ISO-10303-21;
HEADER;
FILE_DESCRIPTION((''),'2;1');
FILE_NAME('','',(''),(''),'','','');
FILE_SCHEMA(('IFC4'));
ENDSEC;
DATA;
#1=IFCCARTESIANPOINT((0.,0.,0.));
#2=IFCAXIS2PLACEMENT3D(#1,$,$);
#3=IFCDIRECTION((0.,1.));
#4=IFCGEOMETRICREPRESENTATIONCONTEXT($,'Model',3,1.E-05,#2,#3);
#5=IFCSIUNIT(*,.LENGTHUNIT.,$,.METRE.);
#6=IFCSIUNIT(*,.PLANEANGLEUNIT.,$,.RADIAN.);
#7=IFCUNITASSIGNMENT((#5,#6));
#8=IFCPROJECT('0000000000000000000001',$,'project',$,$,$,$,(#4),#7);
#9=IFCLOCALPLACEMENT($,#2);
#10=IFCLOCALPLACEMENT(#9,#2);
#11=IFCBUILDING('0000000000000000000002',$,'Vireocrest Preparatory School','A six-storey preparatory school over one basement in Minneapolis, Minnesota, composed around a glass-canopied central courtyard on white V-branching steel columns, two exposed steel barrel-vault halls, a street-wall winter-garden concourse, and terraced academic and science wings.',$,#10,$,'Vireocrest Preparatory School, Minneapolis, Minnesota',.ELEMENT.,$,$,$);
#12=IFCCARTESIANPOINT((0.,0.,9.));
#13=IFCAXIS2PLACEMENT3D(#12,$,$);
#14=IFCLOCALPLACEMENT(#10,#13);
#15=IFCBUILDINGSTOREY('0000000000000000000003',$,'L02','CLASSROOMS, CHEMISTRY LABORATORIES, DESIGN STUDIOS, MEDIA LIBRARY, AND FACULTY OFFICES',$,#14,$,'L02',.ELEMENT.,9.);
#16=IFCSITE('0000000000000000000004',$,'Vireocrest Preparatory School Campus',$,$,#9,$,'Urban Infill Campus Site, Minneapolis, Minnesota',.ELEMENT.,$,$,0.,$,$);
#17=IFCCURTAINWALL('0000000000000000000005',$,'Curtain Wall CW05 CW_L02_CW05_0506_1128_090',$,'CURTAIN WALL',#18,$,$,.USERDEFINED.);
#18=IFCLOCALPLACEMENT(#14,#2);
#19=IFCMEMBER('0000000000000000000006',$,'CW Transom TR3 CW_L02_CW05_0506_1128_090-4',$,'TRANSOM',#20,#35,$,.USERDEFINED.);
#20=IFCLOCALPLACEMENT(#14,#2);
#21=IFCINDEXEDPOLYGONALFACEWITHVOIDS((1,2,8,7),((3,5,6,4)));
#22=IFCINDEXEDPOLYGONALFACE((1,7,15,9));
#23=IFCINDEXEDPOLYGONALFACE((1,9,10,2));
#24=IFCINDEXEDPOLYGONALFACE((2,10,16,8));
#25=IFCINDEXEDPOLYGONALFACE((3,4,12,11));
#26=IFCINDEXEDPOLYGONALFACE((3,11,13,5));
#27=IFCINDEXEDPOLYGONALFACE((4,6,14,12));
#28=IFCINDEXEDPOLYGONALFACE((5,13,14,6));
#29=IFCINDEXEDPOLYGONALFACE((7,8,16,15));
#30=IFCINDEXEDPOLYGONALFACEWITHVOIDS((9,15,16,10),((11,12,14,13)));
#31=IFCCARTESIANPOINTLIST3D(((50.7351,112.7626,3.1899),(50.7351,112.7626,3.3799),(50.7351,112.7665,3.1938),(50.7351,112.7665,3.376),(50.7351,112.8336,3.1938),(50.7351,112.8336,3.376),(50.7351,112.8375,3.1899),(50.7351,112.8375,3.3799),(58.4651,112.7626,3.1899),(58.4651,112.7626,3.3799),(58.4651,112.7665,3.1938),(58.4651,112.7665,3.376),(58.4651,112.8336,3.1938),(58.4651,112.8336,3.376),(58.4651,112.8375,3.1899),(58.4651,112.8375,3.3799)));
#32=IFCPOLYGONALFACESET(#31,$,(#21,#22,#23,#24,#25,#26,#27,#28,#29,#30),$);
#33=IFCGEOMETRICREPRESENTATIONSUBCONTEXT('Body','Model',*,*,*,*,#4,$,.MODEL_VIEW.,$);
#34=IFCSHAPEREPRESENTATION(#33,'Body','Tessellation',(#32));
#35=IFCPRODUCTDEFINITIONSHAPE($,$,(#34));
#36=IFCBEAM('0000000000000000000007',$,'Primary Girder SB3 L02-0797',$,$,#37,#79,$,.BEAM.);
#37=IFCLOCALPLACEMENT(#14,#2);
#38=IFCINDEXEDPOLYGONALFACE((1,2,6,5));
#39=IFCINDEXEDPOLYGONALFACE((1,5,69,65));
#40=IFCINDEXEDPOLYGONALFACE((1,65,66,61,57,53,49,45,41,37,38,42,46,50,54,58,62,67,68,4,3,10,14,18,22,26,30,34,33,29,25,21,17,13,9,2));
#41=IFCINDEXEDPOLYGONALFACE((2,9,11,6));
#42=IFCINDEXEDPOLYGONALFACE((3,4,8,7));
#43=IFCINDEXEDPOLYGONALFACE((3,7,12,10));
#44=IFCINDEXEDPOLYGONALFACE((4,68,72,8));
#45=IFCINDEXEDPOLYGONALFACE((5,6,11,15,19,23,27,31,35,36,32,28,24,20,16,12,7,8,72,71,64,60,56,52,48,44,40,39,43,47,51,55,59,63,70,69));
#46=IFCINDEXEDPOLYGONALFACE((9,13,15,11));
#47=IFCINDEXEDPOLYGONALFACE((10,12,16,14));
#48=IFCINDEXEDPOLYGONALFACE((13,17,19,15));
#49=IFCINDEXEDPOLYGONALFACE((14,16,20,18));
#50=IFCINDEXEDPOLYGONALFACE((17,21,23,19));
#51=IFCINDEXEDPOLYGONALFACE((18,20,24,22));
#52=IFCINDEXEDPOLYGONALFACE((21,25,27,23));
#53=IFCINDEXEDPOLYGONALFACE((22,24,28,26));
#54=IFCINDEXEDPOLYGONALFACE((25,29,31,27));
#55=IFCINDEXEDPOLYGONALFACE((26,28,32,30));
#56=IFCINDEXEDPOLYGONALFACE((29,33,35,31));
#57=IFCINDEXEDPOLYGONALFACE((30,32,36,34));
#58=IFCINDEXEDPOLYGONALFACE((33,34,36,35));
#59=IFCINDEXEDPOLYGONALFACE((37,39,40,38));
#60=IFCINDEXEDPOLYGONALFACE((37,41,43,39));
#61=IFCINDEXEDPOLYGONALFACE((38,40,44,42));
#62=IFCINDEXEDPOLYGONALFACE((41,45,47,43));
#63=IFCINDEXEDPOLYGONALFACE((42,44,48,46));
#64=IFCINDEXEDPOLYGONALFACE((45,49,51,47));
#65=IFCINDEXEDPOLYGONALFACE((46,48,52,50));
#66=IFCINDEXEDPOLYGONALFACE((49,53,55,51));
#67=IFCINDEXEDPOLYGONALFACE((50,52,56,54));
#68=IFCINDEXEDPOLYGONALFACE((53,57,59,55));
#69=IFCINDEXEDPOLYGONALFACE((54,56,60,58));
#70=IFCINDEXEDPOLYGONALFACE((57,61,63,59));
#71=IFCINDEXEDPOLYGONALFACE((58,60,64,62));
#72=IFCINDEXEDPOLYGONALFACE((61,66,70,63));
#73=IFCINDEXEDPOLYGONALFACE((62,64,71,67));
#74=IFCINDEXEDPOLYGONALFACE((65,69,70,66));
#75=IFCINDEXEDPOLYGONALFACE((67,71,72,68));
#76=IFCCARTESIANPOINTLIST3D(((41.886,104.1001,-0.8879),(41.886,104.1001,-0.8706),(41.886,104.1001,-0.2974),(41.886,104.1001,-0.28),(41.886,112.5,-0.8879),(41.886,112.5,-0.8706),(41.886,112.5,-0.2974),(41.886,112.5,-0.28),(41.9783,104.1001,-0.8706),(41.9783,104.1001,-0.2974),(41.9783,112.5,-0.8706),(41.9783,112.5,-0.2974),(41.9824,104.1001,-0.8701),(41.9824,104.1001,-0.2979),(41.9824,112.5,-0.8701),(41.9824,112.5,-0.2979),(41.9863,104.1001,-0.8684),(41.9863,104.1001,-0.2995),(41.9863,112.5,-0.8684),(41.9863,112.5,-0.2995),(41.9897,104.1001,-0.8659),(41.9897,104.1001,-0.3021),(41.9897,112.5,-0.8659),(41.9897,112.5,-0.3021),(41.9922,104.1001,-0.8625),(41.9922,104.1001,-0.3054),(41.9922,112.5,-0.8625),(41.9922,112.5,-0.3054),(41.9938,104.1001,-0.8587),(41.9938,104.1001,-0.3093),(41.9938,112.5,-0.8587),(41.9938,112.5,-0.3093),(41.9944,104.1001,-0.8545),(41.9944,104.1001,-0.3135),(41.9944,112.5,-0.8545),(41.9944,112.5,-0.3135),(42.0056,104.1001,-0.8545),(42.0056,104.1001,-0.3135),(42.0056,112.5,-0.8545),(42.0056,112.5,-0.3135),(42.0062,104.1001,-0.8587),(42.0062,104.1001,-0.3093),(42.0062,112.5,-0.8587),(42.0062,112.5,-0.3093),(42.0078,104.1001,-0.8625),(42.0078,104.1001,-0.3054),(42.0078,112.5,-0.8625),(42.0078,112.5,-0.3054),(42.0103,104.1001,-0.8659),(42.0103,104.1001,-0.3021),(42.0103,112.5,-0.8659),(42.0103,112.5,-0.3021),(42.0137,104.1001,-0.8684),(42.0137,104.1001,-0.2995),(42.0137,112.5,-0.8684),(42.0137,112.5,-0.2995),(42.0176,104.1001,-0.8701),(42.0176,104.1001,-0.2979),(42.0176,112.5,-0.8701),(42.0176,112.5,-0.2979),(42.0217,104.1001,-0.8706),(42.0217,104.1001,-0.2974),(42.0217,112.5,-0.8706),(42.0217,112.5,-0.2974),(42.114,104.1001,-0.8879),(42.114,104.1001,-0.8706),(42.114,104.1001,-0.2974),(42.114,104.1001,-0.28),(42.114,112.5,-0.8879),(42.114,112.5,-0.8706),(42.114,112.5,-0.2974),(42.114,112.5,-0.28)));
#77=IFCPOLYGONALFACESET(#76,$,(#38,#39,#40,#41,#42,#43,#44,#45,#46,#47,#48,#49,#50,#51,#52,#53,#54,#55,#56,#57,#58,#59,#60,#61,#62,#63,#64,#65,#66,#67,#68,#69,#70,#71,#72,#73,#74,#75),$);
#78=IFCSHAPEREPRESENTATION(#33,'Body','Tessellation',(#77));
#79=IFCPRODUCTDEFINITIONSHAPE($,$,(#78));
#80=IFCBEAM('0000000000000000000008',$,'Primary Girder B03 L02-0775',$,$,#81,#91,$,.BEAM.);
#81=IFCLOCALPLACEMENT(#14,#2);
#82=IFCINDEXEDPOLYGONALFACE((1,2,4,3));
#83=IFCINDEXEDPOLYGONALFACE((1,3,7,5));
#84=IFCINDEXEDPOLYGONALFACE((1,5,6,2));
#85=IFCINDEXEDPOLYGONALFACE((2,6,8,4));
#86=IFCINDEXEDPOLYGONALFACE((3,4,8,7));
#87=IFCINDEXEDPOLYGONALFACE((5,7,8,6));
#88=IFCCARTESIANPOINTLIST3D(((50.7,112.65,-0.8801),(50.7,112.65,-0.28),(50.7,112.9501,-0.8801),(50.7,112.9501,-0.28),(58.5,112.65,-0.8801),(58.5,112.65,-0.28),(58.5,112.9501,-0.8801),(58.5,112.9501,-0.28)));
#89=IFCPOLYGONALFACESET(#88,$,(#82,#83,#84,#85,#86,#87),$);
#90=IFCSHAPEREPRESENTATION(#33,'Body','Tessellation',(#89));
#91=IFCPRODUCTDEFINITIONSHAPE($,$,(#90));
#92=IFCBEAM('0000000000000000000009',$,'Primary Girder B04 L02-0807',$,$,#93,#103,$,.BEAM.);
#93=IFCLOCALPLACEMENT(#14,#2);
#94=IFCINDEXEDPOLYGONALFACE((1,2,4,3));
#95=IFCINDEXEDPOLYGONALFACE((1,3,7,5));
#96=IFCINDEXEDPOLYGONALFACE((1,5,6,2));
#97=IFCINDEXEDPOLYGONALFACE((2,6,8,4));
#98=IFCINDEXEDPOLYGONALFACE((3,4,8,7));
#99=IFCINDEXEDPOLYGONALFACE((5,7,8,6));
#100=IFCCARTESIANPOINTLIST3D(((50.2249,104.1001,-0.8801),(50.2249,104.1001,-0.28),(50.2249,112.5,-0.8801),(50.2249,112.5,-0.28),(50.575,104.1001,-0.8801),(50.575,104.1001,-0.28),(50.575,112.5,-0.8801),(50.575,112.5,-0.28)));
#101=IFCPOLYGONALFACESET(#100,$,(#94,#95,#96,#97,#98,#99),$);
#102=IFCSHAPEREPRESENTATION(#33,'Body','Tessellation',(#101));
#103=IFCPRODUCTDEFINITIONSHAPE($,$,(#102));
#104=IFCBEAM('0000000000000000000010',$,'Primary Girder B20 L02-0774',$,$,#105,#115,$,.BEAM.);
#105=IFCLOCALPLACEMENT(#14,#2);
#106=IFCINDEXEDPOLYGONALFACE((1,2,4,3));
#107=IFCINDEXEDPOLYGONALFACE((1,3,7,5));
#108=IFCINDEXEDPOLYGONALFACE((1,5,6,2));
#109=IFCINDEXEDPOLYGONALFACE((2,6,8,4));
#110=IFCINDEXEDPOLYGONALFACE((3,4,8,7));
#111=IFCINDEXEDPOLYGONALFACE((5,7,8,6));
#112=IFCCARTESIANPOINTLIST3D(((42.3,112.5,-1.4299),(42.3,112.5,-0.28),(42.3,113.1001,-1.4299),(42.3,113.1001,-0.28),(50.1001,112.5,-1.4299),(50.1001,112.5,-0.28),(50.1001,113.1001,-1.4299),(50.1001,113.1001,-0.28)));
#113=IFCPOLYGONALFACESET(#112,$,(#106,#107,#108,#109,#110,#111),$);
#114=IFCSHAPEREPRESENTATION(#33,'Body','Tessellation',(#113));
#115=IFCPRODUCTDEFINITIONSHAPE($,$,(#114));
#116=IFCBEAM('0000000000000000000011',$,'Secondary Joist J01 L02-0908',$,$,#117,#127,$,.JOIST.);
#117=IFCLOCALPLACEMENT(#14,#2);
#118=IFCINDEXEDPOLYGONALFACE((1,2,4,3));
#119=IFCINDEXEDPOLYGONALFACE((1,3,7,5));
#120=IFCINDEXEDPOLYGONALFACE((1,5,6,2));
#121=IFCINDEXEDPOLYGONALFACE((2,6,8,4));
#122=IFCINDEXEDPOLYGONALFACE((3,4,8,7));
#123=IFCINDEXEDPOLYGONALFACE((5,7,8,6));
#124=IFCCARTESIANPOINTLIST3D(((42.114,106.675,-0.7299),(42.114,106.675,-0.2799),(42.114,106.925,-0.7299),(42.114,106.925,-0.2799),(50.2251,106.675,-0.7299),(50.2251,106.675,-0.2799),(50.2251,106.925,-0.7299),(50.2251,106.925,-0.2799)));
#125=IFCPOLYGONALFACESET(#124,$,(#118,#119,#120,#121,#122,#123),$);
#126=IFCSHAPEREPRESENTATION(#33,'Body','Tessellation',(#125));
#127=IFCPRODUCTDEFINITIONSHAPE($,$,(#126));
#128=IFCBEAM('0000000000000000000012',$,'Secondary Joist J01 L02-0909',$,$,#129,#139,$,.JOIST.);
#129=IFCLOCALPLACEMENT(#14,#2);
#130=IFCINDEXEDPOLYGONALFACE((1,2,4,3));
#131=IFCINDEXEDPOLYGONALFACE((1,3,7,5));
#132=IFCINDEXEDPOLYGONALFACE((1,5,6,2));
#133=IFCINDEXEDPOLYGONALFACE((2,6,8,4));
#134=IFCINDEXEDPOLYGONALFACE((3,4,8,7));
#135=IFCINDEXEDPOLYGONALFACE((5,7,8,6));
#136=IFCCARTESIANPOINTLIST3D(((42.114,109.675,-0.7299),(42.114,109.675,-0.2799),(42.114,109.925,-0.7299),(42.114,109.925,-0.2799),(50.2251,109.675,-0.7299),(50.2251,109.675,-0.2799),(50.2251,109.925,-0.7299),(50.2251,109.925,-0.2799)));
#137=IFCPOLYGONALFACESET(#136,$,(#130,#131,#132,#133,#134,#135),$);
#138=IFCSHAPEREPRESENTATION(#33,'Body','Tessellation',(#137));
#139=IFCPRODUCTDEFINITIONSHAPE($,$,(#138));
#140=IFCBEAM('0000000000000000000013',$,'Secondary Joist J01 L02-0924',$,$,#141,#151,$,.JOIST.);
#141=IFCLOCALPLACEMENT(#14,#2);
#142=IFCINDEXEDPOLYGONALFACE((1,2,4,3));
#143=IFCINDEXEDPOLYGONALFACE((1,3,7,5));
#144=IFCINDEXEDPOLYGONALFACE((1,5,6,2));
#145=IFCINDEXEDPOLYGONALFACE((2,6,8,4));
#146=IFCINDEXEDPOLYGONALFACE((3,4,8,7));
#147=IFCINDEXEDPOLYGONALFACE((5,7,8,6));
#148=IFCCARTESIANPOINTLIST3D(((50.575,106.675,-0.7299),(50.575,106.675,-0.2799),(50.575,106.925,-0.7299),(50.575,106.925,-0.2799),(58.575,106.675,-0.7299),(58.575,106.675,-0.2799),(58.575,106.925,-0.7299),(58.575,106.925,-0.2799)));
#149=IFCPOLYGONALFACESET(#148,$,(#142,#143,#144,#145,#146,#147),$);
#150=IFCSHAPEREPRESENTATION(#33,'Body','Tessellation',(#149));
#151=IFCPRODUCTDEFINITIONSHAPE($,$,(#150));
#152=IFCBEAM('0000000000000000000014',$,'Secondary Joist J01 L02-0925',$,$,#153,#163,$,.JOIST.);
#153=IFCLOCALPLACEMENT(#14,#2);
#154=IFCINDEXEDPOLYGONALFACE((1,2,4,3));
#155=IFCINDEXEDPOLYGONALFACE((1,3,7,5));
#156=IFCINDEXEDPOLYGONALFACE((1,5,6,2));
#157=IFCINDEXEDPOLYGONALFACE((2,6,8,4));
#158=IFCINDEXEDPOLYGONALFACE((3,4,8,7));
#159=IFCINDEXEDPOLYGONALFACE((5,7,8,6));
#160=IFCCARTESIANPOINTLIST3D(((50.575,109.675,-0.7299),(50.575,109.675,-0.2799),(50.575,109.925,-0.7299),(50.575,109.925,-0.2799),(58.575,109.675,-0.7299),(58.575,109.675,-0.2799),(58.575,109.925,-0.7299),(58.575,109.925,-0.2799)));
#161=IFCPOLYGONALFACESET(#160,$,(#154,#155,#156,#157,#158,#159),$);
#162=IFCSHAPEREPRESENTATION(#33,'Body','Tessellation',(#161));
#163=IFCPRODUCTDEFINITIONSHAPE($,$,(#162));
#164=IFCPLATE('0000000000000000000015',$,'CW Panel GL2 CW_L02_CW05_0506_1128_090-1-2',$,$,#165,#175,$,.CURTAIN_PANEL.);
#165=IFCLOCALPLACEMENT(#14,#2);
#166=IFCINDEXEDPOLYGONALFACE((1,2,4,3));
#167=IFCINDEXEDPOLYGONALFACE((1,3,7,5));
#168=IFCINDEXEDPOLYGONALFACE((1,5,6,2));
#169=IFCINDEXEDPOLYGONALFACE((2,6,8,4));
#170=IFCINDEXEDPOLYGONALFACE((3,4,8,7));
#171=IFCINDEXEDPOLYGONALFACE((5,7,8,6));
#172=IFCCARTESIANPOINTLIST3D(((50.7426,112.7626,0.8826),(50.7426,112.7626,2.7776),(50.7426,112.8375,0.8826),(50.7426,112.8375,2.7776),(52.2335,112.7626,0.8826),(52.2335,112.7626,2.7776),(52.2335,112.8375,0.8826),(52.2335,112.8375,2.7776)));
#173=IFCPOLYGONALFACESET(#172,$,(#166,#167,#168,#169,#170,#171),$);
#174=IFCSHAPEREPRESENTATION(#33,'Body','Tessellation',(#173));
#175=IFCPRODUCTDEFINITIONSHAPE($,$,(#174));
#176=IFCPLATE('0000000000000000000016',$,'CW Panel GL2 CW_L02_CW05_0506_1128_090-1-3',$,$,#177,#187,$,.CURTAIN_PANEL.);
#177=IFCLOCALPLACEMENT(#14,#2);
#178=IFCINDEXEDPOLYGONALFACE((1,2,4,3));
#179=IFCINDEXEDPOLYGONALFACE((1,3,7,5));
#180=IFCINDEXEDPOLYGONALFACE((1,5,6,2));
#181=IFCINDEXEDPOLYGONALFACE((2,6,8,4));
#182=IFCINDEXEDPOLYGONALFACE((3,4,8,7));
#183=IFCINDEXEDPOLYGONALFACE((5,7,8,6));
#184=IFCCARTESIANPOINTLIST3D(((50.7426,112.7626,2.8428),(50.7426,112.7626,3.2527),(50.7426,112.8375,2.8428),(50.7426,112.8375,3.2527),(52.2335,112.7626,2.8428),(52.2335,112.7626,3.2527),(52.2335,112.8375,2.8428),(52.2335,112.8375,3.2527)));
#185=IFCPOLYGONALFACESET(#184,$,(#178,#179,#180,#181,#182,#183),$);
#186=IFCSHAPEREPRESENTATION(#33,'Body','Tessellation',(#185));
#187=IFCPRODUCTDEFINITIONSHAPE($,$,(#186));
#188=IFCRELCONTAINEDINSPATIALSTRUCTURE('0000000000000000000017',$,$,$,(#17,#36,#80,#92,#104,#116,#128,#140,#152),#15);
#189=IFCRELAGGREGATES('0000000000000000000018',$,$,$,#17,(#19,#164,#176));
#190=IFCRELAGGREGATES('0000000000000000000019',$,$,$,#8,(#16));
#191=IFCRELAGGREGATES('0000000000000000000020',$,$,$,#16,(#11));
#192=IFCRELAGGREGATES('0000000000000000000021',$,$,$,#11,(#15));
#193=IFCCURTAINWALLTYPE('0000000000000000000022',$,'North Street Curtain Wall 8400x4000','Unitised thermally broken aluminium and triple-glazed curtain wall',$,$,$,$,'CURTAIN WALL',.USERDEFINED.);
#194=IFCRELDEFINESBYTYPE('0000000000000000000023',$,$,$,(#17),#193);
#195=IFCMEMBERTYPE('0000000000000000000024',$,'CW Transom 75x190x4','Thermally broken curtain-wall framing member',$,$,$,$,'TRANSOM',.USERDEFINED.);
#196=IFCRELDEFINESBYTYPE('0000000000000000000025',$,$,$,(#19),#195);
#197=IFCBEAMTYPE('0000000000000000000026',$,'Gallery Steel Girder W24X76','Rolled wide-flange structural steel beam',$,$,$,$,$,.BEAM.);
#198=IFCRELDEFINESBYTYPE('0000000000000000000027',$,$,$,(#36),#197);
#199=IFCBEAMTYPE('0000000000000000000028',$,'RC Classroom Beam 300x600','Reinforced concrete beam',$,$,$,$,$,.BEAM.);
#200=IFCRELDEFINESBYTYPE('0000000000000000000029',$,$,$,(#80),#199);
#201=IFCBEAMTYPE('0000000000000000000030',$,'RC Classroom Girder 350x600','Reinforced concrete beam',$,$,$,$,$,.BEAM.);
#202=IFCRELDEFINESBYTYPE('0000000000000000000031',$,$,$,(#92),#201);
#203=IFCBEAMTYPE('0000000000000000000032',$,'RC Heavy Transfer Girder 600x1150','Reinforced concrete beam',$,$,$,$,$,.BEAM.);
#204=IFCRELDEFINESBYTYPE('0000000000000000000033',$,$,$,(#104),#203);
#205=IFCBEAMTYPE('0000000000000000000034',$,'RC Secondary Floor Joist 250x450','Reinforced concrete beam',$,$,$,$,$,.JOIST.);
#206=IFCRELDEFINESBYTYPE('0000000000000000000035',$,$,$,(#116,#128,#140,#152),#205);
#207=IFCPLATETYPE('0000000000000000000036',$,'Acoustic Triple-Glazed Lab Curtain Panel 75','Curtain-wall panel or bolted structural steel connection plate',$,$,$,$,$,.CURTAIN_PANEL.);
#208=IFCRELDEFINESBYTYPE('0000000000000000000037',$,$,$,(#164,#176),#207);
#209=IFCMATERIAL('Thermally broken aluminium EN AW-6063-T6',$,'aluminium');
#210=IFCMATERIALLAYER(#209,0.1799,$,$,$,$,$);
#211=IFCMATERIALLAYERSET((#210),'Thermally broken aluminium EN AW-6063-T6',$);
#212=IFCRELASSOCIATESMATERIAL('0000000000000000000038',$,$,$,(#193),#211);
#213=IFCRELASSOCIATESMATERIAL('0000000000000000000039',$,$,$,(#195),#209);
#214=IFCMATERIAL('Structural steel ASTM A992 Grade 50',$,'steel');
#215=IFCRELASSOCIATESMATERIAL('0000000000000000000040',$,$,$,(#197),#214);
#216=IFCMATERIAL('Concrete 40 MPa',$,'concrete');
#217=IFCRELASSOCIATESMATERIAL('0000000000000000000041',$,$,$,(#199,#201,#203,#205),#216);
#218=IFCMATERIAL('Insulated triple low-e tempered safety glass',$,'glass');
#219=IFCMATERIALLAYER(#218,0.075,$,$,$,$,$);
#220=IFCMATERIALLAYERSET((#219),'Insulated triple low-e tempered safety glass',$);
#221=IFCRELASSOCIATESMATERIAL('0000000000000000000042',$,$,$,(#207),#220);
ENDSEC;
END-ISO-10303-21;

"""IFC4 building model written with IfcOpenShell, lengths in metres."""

from ifc_helpers import new_model, si_unit, direction, frame, origin, origin_2d, place, context, subcontext, project, spatial, rectangle, hollow_rectangle, i_section, extrude, material, layer, layer_set, material_profile, profile_set, type_object, element, aggregate, save


model = new_model("IFC4")

# Units and contexts
model_context = context("Model", 3, precision=1e-05, world=origin(), true_north=direction((0.0, 1.0)))
body_context = subcontext(model_context, "Body", "Model", "MODEL_VIEW")
ifc_project = project(units=[si_unit("LENGTHUNIT", "METRE"), si_unit("PLANEANGLEUNIT", "RADIAN")], contexts=[model_context])

# Site, building, storey
site_placement = place(None, origin())
site = spatial("IfcSite", under=ifc_project, at=site_placement, Name="Vireocrest Preparatory School Campus", LongName="Urban Infill Campus Site, Minneapolis, Minnesota", CompositionType="ELEMENT", RefElevation=0.0)
building_placement = place(site_placement, origin())
building = spatial("IfcBuilding", under=site, at=building_placement, Name="Vireocrest Preparatory School", Description="A six-storey preparatory school over one basement in Minneapolis, Minnesota, composed around a glass-canopied central courtyard on white V-branching steel columns, two exposed steel barrel-vault halls, a street-wall winter-garden concourse, and terraced academic and science wings.", LongName="Vireocrest Preparatory School, Minneapolis, Minnesota", CompositionType="ELEMENT")
storey_placement = place(building_placement, frame((0.0, 0.0, 9.0)))
storey = spatial("IfcBuildingStorey", under=building, at=storey_placement, Name="L02", Description="CLASSROOMS, CHEMISTRY LABORATORIES, DESIGN STUDIOS, MEDIA LIBRARY, AND FACULTY OFFICES", LongName="L02", CompositionType="ELEMENT", Elevation=9.0)

# Curtain wall, member
ifc_material_1 = material(Name="Thermally broken aluminium EN AW-6063-T6", Category="aluminium")
ifc_layer_1 = layer(ifc_material_1, 0.1799)
ifc_layer_set_1 = layer_set([ifc_layer_1], Name="Thermally broken aluminium EN AW-6063-T6")
curtain_wall_type = type_object("IfcCurtainWallType", Name="North Street Curtain Wall 8400x4000", Description="Unitised thermally broken aluminium and triple-glazed curtain wall", ElementType="CURTAIN WALL", PredefinedType="USERDEFINED", material=ifc_layer_set_1)
curtain_wall_placement = place(storey_placement, origin())
curtain_wall = element("IfcCurtainWall", 1, at=curtain_wall_placement, inside=storey, type_object=curtain_wall_type, Name="Curtain Wall CW05 CW_L02_CW05_0506_1128_090", ObjectType="CURTAIN WALL", PredefinedType="USERDEFINED")
ifc_material_profile_1 = material_profile(ifc_material_1, hollow_rectangle(XDim=0.075, YDim=0.1899, WallThickness=0.0039, at=origin_2d()), Name="ALU 75x190x4")
ifc_profile_set_1 = profile_set([ifc_material_profile_1], Name="Thermally broken aluminium EN AW-6063-T6")
member_type_1 = type_object("IfcMemberType", Name="CW Transom 75x190x4", Description="Thermally broken curtain-wall framing member", ElementType="TRANSOM", PredefinedType="USERDEFINED", material=ifc_profile_set_1)
member_1_placement = place(storey_placement, frame((50.7351, 112.8, 3.2849), z_axis=(1.0, 0.0, 0.0), x_axis=(0.0, 1.0, 0.0)))
member_1 = element("IfcMember", 2, at=member_1_placement, type_object=member_type_1, Name="CW Transom TR3 CW_L02_CW05_0506_1128_090-4", ObjectType="TRANSOM", PredefinedType="USERDEFINED", context=body_context, shape_type="SweptSolid", body=[
    extrude(hollow_rectangle(XDim=0.075, YDim=0.1899, WallThickness=0.0039, at=origin_2d()), origin(), (0.0, 0.0, 1.0), 7.73),
])

# Beams
ifc_material_2 = material(Name="Structural steel ASTM A992 Grade 50", Category="steel")
ifc_material_profile_2 = material_profile(ifc_material_2, i_section(OverallWidth=0.228, OverallDepth=0.6079, WebThickness=0.0112, FlangeThickness=0.0173, FilletRadius=0.0161, at=origin_2d()), Name="W24X76")
ifc_profile_set_2 = profile_set([ifc_material_profile_2], Name="Structural steel ASTM A992 Grade 50")
beam_type_1 = type_object("IfcBeamType", Name="Gallery Steel Girder W24X76", Description="Rolled wide-flange structural steel beam", PredefinedType="BEAM", material=ifc_profile_set_2)
beam_1_placement = place(storey_placement, frame((42.0, 104.1001, -0.584), z_axis=(0.0, 1.0, 0.0), x_axis=(-1.0, 0.0, 0.0)))
element("IfcBeam", 3, at=beam_1_placement, inside=storey, type_object=beam_type_1, Name="Primary Girder SB3 L02-0797", PredefinedType="BEAM", context=body_context, shape_type="SweptSolid", body=[
    extrude(i_section(OverallWidth=0.228, OverallDepth=0.6079, WebThickness=0.0112, FlangeThickness=0.0173, FilletRadius=0.0161, at=origin_2d()), origin(), (0.0, 0.0, 1.0), 8.3999),
])
ifc_material_3 = material(Name="Concrete 40 MPa", Category="concrete")
ifc_material_profile_3 = material_profile(ifc_material_3, rectangle(XDim=0.3, YDim=0.6001, at=origin_2d()), Name="RC 300x600")
ifc_profile_set_3 = profile_set([ifc_material_profile_3], Name="Concrete 40 MPa")
beam_type_2 = type_object("IfcBeamType", Name="RC Classroom Beam 300x600", Description="Reinforced concrete beam", PredefinedType="BEAM", material=ifc_profile_set_3)
beam_2_placement = place(storey_placement, frame((50.7, 112.8, -0.5801), z_axis=(1.0, 0.0, 0.0), x_axis=(0.0, 1.0, 0.0)))
element("IfcBeam", 4, at=beam_2_placement, inside=storey, type_object=beam_type_2, Name="Primary Girder B03 L02-0775", PredefinedType="BEAM", context=body_context, shape_type="SweptSolid", body=[
    extrude(rectangle(XDim=0.3, YDim=0.6001, at=origin_2d()), origin(), (0.0, 0.0, 1.0), 7.8),
])
ifc_material_profile_4 = material_profile(ifc_material_3, rectangle(XDim=0.3501, YDim=0.6001, at=origin_2d()), Name="RC 350x600")
ifc_profile_set_4 = profile_set([ifc_material_profile_4], Name="Concrete 40 MPa")
beam_type_3 = type_object("IfcBeamType", Name="RC Classroom Girder 350x600", Description="Reinforced concrete beam", PredefinedType="BEAM", material=ifc_profile_set_4)
beam_3_placement = place(storey_placement, frame((50.3999, 104.1001, -0.5801), z_axis=(0.0, 1.0, 0.0), x_axis=(-1.0, 0.0, 0.0)))
element("IfcBeam", 5, at=beam_3_placement, inside=storey, type_object=beam_type_3, Name="Primary Girder B04 L02-0807", PredefinedType="BEAM", context=body_context, shape_type="SweptSolid", body=[
    extrude(rectangle(XDim=0.3501, YDim=0.6001, at=origin_2d()), origin(), (0.0, 0.0, 1.0), 8.3999),
])
ifc_material_profile_5 = material_profile(ifc_material_3, rectangle(XDim=0.6001, YDim=1.1499, at=origin_2d()), Name="RC 600x1150")
ifc_profile_set_5 = profile_set([ifc_material_profile_5], Name="Concrete 40 MPa")
beam_type_4 = type_object("IfcBeamType", Name="RC Heavy Transfer Girder 600x1150", Description="Reinforced concrete beam", PredefinedType="BEAM", material=ifc_profile_set_5)
beam_4_placement = place(storey_placement, frame((42.3, 112.8, -0.855), z_axis=(1.0, 0.0, 0.0), x_axis=(0.0, 1.0, 0.0)))
element("IfcBeam", 6, at=beam_4_placement, inside=storey, type_object=beam_type_4, Name="Primary Girder B20 L02-0774", PredefinedType="BEAM", context=body_context, shape_type="SweptSolid", body=[
    extrude(rectangle(XDim=0.6001, YDim=1.1499, at=origin_2d()), origin(), (0.0, 0.0, 1.0), 7.8),
])
ifc_material_profile_6 = material_profile(ifc_material_3, rectangle(XDim=0.25, YDim=0.45, at=origin_2d()), Name="RC 250x450")
ifc_profile_set_6 = profile_set([ifc_material_profile_6], Name="Concrete 40 MPa")
beam_type_5 = type_object("IfcBeamType", Name="RC Secondary Floor Joist 250x450", Description="Reinforced concrete beam", PredefinedType="JOIST", material=ifc_profile_set_6)
for number, where, z_axis, x_axis, name in (
    (7, (42.114, 106.8, -0.5049), (1.0, 0.0, 0.0), (0.0, 1.0, 0.0), "Secondary Joist J01 L02-0908"),
    (8, (42.114, 109.8, -0.5049), (1.0, 0.0, 0.0), (0.0, 1.0, 0.0), "Secondary Joist J01 L02-0909"),
):
    element("IfcBeam", number, at=place(storey_placement, frame(where, z_axis=z_axis, x_axis=x_axis)), inside=storey, type_object=beam_type_5, Name=name, PredefinedType="JOIST", context=body_context, shape_type="SweptSolid", body=[
        extrude(rectangle(XDim=0.25, YDim=0.45, at=origin_2d()), origin(), (0.0, 0.0, 1.0), 8.1111),
    ])
for number, where, z_axis, x_axis, name in (
    (9, (50.575, 106.8, -0.5049), (1.0, 0.0, 0.0), (0.0, 1.0, 0.0), "Secondary Joist J01 L02-0924"),
    (10, (50.575, 109.8, -0.5049), (1.0, 0.0, 0.0), (0.0, 1.0, 0.0), "Secondary Joist J01 L02-0925"),
):
    element("IfcBeam", number, at=place(storey_placement, frame(where, z_axis=z_axis, x_axis=x_axis)), inside=storey, type_object=beam_type_5, Name=name, PredefinedType="JOIST", context=body_context, shape_type="SweptSolid", body=[
        extrude(rectangle(XDim=0.25, YDim=0.45, at=origin_2d()), origin(), (0.0, 0.0, 1.0), 8.0),
    ])

# Plates
ifc_material_4 = material(Name="Insulated triple low-e tempered safety glass", Category="glass")
ifc_layer_2 = layer(ifc_material_4, 0.075)
ifc_layer_set_2 = layer_set([ifc_layer_2], Name="Insulated triple low-e tempered safety glass")
plate_type_1 = type_object("IfcPlateType", Name="Acoustic Triple-Glazed Lab Curtain Panel 75", Description="Curtain-wall panel or bolted structural steel connection plate", PredefinedType="CURTAIN_PANEL", material=ifc_layer_set_2)
plate_1_placement = place(storey_placement, frame((51.488, 112.8, 0.8826), z_axis=(0.0, 0.0, 1.0), x_axis=(1.0, 0.0, 0.0)))
plate_1 = element("IfcPlate", 11, at=plate_1_placement, type_object=plate_type_1, Name="CW Panel GL2 CW_L02_CW05_0506_1128_090-1-2", PredefinedType="CURTAIN_PANEL", context=body_context, shape_type="SweptSolid", body=[
    extrude(rectangle(XDim=1.491, YDim=0.075, at=origin_2d()), origin(), (0.0, 0.0, 1.0), 1.895),
])
plate_2_placement = place(storey_placement, frame((51.488, 112.8, 2.8428), z_axis=(0.0, 0.0, 1.0), x_axis=(1.0, 0.0, 0.0)))
plate_2 = element("IfcPlate", 12, at=plate_2_placement, type_object=plate_type_1, Name="CW Panel GL2 CW_L02_CW05_0506_1128_090-1-3", PredefinedType="CURTAIN_PANEL", context=body_context, shape_type="SweptSolid", body=[
    extrude(rectangle(XDim=1.491, YDim=0.075, at=origin_2d()), origin(), (0.0, 0.0, 1.0), 0.4099),
])
aggregate(curtain_wall, [member_1, plate_1, plate_2])

save(model, "model.ifc")
